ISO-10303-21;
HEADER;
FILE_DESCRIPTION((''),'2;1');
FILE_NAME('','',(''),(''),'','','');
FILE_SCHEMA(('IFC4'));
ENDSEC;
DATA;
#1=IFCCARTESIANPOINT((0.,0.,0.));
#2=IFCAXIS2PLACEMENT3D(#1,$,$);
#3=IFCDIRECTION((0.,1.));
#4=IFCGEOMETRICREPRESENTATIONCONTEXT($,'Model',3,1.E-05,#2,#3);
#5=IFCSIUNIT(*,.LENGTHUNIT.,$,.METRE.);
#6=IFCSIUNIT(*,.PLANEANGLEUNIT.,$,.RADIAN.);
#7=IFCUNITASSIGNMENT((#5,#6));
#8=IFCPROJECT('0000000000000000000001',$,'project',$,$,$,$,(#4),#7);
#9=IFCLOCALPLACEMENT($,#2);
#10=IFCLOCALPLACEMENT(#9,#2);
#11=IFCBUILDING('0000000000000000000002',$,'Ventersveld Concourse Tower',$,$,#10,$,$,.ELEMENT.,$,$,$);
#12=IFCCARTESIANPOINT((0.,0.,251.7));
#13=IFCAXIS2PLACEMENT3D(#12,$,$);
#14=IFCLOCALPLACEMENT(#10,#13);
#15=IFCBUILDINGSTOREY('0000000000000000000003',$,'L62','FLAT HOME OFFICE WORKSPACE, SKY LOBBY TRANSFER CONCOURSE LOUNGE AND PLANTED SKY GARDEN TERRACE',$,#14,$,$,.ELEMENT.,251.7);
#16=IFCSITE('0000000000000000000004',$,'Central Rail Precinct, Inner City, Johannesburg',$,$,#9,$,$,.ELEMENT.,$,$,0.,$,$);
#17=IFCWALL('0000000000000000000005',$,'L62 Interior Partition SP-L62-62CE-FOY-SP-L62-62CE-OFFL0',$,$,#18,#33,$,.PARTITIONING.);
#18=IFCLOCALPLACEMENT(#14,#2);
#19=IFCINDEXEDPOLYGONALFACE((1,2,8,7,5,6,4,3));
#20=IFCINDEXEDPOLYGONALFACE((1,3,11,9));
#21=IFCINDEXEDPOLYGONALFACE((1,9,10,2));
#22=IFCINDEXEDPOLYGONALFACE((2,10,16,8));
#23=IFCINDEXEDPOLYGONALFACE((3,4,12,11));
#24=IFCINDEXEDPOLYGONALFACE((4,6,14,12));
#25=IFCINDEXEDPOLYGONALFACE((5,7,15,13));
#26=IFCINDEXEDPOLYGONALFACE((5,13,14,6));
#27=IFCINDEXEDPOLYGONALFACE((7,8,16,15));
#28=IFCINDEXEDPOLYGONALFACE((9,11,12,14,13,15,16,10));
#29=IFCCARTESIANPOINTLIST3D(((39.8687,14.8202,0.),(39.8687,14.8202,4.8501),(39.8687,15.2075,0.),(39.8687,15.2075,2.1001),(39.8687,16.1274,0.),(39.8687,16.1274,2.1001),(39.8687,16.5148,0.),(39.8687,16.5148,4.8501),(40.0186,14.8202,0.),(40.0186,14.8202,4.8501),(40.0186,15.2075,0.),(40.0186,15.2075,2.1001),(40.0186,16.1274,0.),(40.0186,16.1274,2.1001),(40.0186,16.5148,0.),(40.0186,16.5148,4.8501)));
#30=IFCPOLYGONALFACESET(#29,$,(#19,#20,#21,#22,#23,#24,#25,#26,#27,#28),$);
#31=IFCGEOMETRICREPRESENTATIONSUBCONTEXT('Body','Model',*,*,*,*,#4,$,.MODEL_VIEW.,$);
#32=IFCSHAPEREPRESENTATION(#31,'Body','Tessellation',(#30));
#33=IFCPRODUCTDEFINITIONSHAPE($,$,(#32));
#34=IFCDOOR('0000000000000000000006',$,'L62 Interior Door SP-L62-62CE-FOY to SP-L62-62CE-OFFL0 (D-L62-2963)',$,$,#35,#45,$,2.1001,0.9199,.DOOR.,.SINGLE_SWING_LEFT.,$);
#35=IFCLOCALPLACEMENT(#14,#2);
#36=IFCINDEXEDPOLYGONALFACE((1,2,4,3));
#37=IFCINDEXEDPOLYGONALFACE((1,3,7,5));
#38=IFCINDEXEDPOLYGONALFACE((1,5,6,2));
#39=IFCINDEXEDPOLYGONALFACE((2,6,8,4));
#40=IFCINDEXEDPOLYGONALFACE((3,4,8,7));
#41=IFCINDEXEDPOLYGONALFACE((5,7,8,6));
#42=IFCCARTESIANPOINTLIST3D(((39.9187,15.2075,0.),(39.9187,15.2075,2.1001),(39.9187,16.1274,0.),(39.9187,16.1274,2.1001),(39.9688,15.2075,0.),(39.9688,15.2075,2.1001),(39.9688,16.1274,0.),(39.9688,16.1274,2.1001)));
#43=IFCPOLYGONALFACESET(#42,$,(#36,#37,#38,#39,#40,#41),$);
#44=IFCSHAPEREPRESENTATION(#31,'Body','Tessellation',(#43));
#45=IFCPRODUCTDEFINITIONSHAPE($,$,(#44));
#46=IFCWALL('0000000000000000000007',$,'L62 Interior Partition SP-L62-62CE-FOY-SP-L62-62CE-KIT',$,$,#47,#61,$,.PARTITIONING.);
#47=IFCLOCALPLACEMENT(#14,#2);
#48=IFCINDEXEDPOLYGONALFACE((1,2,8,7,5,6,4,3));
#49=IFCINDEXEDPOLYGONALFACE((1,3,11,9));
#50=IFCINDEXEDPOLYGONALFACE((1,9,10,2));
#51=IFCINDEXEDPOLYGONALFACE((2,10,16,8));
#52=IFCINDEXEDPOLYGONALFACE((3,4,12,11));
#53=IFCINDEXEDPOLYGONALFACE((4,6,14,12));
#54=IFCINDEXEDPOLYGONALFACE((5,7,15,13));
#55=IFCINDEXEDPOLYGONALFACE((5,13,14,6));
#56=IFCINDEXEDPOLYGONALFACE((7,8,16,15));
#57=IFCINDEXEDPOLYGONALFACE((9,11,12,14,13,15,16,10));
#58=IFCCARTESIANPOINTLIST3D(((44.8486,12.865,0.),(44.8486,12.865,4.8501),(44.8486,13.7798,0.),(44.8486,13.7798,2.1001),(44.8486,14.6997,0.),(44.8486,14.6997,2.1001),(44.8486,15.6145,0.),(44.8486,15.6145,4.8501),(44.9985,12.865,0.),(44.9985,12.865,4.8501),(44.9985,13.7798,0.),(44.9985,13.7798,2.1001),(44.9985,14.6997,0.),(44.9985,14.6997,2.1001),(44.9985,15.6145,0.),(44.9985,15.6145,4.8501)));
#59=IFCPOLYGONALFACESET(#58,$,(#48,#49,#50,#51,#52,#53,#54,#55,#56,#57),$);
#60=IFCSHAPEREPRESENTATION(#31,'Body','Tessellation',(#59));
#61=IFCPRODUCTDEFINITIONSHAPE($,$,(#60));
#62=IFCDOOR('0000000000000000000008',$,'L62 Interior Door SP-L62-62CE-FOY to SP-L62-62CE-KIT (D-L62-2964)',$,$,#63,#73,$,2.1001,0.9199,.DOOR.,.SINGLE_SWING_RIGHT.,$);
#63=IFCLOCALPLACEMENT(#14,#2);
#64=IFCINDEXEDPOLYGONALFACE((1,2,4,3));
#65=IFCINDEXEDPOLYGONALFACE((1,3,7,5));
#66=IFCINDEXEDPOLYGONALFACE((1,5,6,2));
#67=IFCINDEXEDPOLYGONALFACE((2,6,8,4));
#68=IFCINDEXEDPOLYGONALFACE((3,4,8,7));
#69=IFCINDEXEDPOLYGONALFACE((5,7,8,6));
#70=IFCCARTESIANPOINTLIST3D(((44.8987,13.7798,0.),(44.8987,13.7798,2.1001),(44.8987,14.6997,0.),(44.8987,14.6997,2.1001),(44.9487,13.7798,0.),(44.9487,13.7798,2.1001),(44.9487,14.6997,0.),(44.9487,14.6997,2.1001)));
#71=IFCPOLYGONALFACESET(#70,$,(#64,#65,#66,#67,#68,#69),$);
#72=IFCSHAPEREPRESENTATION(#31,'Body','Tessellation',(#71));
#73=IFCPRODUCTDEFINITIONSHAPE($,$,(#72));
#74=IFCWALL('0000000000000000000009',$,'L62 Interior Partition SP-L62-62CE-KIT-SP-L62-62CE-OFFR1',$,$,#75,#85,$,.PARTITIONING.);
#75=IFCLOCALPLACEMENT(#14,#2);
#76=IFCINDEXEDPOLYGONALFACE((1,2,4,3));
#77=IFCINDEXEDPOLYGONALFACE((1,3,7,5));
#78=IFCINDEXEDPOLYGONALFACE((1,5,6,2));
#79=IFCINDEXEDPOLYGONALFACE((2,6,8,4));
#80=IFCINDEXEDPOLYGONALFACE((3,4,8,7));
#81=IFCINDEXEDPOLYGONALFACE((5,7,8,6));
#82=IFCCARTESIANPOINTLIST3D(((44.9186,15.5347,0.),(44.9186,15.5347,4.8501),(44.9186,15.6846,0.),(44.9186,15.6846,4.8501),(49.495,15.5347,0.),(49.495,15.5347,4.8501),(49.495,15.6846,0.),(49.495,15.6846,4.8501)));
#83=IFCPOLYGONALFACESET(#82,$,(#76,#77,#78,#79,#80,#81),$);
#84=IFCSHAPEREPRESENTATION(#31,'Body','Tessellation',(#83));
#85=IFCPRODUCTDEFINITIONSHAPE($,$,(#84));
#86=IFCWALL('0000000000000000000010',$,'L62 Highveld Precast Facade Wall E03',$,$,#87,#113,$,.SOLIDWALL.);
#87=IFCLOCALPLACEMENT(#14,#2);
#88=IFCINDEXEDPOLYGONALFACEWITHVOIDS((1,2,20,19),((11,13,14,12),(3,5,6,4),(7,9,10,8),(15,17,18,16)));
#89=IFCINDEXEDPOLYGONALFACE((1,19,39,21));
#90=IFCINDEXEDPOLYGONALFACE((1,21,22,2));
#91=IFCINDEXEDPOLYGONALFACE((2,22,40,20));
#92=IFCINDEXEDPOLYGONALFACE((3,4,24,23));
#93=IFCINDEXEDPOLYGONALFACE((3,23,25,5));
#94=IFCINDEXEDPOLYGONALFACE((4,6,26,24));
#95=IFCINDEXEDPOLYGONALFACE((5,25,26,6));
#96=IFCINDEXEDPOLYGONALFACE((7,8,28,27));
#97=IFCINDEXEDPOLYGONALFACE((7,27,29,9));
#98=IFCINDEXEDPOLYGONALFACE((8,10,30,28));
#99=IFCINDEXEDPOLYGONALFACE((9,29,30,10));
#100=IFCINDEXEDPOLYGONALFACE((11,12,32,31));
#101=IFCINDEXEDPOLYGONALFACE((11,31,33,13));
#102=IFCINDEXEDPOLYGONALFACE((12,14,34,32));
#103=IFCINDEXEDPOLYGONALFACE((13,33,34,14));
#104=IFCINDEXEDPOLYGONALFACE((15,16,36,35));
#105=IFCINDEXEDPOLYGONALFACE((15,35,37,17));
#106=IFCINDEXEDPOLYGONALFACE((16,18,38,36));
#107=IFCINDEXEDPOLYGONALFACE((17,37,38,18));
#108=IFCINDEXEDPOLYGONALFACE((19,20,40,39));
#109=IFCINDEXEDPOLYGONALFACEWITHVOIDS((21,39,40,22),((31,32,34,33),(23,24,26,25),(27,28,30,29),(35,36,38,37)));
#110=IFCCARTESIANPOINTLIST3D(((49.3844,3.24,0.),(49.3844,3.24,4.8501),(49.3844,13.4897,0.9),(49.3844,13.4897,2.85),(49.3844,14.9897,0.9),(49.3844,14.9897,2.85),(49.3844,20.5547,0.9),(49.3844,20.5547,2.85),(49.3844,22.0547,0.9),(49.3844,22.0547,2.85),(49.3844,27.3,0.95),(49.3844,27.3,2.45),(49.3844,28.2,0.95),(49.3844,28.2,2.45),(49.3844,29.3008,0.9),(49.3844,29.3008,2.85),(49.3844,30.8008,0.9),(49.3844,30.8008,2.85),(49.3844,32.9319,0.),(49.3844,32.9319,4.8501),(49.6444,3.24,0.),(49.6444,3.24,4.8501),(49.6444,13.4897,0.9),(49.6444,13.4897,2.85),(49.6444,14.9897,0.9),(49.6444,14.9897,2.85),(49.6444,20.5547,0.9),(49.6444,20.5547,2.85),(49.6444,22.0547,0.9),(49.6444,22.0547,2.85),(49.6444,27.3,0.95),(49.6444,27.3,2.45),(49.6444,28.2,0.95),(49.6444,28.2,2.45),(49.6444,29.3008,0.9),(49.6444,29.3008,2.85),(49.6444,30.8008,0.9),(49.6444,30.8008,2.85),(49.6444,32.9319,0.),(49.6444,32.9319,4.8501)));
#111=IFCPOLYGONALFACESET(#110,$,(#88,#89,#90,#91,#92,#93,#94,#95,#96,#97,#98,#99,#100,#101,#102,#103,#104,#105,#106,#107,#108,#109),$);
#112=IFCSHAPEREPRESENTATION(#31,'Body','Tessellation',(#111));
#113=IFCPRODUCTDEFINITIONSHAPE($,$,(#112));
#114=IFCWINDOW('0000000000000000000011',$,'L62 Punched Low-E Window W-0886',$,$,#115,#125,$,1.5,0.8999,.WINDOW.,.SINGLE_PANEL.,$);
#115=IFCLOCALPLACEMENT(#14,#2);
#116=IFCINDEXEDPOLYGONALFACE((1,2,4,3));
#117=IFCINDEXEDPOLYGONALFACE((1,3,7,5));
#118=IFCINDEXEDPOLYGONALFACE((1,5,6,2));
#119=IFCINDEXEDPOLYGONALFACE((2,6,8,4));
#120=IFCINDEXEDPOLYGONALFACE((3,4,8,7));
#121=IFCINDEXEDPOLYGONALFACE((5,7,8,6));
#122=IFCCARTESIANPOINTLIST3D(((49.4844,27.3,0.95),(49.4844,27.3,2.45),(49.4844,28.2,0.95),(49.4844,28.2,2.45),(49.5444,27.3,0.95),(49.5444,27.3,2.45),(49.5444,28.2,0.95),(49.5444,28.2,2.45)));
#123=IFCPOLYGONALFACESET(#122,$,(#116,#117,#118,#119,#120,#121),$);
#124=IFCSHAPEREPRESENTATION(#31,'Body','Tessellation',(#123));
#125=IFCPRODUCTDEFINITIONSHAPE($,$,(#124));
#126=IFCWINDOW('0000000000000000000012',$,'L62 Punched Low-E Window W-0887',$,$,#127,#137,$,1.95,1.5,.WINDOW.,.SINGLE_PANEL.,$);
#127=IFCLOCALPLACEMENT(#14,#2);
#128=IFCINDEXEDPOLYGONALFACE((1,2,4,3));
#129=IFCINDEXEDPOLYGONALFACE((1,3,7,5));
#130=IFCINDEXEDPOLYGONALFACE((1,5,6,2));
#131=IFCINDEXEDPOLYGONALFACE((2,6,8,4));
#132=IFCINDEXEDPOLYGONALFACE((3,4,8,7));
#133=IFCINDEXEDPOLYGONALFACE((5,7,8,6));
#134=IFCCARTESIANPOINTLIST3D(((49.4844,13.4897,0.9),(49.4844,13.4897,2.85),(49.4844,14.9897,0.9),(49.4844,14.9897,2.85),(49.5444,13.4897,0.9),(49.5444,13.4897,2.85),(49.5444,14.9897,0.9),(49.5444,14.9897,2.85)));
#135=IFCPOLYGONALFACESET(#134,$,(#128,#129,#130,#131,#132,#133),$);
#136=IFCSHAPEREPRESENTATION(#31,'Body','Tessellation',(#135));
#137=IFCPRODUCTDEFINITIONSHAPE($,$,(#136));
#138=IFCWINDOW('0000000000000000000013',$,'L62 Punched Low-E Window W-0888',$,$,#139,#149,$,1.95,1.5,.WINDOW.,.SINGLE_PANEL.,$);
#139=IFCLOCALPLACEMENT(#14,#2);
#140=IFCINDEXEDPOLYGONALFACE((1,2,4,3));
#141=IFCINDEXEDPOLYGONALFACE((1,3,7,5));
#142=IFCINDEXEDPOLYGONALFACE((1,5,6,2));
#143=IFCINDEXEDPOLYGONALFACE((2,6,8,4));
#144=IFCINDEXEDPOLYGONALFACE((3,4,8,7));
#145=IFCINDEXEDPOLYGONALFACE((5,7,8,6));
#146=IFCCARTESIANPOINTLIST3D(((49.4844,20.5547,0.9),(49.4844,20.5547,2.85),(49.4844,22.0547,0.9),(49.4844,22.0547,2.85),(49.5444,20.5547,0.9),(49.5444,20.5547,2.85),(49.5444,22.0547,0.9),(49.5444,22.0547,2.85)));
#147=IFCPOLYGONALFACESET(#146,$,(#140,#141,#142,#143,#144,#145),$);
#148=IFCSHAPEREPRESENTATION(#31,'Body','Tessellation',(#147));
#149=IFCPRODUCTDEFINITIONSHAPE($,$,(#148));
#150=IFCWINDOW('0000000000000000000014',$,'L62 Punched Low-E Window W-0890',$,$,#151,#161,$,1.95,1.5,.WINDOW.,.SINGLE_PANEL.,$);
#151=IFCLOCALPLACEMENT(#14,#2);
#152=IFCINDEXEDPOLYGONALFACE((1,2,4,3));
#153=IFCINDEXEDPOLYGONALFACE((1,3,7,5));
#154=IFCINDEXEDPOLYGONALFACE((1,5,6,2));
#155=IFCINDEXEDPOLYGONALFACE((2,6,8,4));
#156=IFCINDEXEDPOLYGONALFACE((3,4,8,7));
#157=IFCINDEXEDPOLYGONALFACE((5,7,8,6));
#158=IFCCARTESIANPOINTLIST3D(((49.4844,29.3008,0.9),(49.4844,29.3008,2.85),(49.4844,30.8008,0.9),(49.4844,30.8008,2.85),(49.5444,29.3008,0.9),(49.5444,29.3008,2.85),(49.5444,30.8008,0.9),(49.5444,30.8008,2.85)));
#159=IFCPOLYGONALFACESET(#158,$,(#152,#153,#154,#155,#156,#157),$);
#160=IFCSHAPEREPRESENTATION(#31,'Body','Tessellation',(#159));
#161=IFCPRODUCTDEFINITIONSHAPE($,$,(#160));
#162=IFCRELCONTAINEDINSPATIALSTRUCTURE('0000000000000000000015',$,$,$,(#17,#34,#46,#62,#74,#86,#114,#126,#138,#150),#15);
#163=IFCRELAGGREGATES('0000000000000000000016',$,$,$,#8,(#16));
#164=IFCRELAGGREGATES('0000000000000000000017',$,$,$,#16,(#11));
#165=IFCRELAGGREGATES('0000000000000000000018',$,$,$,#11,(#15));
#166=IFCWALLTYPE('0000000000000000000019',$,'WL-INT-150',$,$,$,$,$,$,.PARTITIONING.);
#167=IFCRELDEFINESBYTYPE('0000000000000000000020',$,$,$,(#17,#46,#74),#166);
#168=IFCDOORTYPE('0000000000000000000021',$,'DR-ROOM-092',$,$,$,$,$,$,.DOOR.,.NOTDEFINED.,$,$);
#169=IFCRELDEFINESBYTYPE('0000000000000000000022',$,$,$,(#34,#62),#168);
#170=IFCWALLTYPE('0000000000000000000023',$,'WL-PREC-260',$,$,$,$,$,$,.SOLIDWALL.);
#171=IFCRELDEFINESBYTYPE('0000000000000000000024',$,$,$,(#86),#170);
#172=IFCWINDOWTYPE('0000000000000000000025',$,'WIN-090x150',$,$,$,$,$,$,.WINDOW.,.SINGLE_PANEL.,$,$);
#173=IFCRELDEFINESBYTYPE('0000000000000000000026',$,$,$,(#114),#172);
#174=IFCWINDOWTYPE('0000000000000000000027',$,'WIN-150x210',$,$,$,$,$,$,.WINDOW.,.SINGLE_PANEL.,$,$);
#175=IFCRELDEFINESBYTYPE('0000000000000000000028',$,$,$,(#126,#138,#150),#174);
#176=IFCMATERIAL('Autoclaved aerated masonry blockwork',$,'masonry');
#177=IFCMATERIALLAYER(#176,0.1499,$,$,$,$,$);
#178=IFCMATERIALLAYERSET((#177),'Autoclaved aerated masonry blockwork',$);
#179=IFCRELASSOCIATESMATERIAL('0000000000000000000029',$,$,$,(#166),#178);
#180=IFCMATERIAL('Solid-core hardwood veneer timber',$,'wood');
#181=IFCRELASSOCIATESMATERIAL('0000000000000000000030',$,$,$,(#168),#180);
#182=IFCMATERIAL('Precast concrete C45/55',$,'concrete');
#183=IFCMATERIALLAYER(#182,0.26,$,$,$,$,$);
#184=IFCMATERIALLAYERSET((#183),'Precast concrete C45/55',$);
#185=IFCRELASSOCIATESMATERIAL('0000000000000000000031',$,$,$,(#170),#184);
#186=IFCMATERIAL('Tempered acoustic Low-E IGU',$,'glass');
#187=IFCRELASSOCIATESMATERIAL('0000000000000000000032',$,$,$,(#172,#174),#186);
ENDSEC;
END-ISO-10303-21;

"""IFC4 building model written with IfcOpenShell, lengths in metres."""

from ifc_helpers import new_model, si_unit, direction, frame, frame_2d, origin, place, context, subcontext, project, spatial, rectangle, extrude, material, layer, layer_set, type_object, element, fill, save


model = new_model("IFC4")

# Units and contexts
model_context = context("Model", 3, precision=1e-05, world=origin(), true_north=direction((0.0, 1.0)))
body_context = subcontext(model_context, "Body", "Model", "MODEL_VIEW")
ifc_project = project(units=[si_unit("LENGTHUNIT", "METRE"), si_unit("PLANEANGLEUNIT", "RADIAN")], contexts=[model_context])

# Site, building, storey
site_placement = place(None, origin())
site = spatial("IfcSite", under=ifc_project, at=site_placement, Name="Central Rail Precinct, Inner City, Johannesburg", CompositionType="ELEMENT", RefElevation=0.0)
building_placement = place(site_placement, origin())
building = spatial("IfcBuilding", under=site, at=building_placement, Name="Ventersveld Concourse Tower", CompositionType="ELEMENT")
storey_placement = place(building_placement, frame((0.0, 0.0, 251.7)))
storey = spatial("IfcBuildingStorey", under=building, at=storey_placement, Name="L62", Description="FLAT HOME OFFICE WORKSPACE, SKY LOBBY TRANSFER CONCOURSE LOUNGE AND PLANTED SKY GARDEN TERRACE", CompositionType="ELEMENT", Elevation=251.7)

# Shared definitions
ifc_material_1 = material(Name="Solid-core hardwood veneer timber", Category="wood")

# Walls, openings, doors
ifc_material_2 = material(Name="Autoclaved aerated masonry blockwork", Category="masonry")
ifc_layer_1 = layer(ifc_material_2, 0.1499)
ifc_layer_set_1 = layer_set([ifc_layer_1], Name="Autoclaved aerated masonry blockwork")
wall_type_1 = type_object("IfcWallType", Name="WL-INT-150", PredefinedType="PARTITIONING", material=ifc_layer_set_1)
wall_1_placement = place(storey_placement, frame((39.9436, 14.8203, 0.0), z_axis=(0.0, 0.0, 1.0), x_axis=(0.0, 1.0, 0.0)))
wall_1 = element("IfcWall", 1, at=wall_1_placement, inside=storey, type_object=wall_type_1, Name="L62 Interior Partition SP-L62-62CE-FOY-SP-L62-62CE-OFFL0", PredefinedType="PARTITIONING", context=body_context, shape_type="SweptSolid", body=[
    extrude(rectangle(XDim=1.6946, YDim=0.1499, at=frame_2d((0.8472, 0.0))), origin(), (0.0, 0.0, 1.0), 4.8501),
])
opening_1_placement = place(wall_1_placement, frame((0.3872, 0.0, 0.0)))
opening_1 = element("IfcOpeningElement", 2, at=opening_1_placement, cuts=wall_1, PredefinedType="OPENING", context=body_context, shape_type="SweptSolid", body=[
    extrude(rectangle(XDim=0.9199, YDim=2.1001, at=frame_2d((0.46, 1.05))), frame((0.0, 0.085, 0.0), z_axis=(0.0, -1.0, 0.0), x_axis=(1.0, 0.0, 0.0)), (0.0, 0.0, 1.0), 0.1699),
])
door_type_1 = type_object("IfcDoorType", Name="DR-ROOM-092", OperationType="NOTDEFINED", PredefinedType="DOOR", material=ifc_material_1)
door_1_placement = place(opening_1_placement, origin())
door_1 = element("IfcDoor", 3, at=door_1_placement, inside=storey, type_object=door_type_1, Name="L62 Interior Door SP-L62-62CE-FOY to SP-L62-62CE-OFFL0 (D-L62-2963)", OperationType="SINGLE_SWING_LEFT", OverallHeight=2.1001, OverallWidth=0.9199, PredefinedType="DOOR", context=body_context, shape_type="SweptSolid", body=[
    extrude(rectangle(XDim=0.9199, YDim=2.1001, at=frame_2d((0.46, 1.05))), frame((0.0, 0.0249, 0.0), z_axis=(0.0, -1.0, 0.0), x_axis=(1.0, 0.0, 0.0)), (0.0, 0.0, 1.0), 0.05),
])
fill(opening_1, door_1)
wall_2_placement = place(storey_placement, frame((44.9236, 12.865, 0.0), z_axis=(0.0, 0.0, 1.0), x_axis=(0.0, 1.0, 0.0)))
wall_2 = element("IfcWall", 4, at=wall_2_placement, inside=storey, type_object=wall_type_1, Name="L62 Interior Partition SP-L62-62CE-FOY-SP-L62-62CE-KIT", PredefinedType="PARTITIONING", context=body_context, shape_type="SweptSolid", body=[
    extrude(rectangle(XDim=2.7495, YDim=0.1499, at=frame_2d((1.3748, 0.0))), origin(), (0.0, 0.0, 1.0), 4.8501),
])
opening_2_placement = place(wall_2_placement, frame((0.9148, 0.0, 0.0)))
opening_2 = element("IfcOpeningElement", 5, at=opening_2_placement, cuts=wall_2, PredefinedType="OPENING", context=body_context, shape_type="SweptSolid", body=[
    extrude(rectangle(XDim=0.9199, YDim=2.1001, at=frame_2d((0.46, 1.05))), frame((0.0, 0.085, 0.0), z_axis=(0.0, -1.0, 0.0), x_axis=(1.0, 0.0, 0.0)), (0.0, 0.0, 1.0), 0.1699),
])
door_2_placement = place(opening_2_placement, origin())
door_2 = element("IfcDoor", 6, at=door_2_placement, inside=storey, type_object=door_type_1, Name="L62 Interior Door SP-L62-62CE-FOY to SP-L62-62CE-KIT (D-L62-2964)", OperationType="SINGLE_SWING_RIGHT", OverallHeight=2.1001, OverallWidth=0.9199, PredefinedType="DOOR", context=body_context, shape_type="SweptSolid", body=[
    extrude(rectangle(XDim=0.9199, YDim=2.1001, at=frame_2d((0.46, 1.05))), frame((0.0, 0.0249, 0.0), z_axis=(0.0, -1.0, 0.0), x_axis=(1.0, 0.0, 0.0)), (0.0, 0.0, 1.0), 0.05),
])
fill(opening_2, door_2)

# Wall
wall_3_placement = place(storey_placement, frame((44.9187, 15.6096, 0.0), z_axis=(0.0, 0.0, 1.0), x_axis=(1.0, 0.0, 0.0)))
element("IfcWall", 7, at=wall_3_placement, inside=storey, type_object=wall_type_1, Name="L62 Interior Partition SP-L62-62CE-KIT-SP-L62-62CE-OFFR1", PredefinedType="PARTITIONING", context=body_context, shape_type="SweptSolid", body=[
    extrude(rectangle(XDim=4.5764, YDim=0.1499, at=frame_2d((2.2881, 0.0))), origin(), (0.0, 0.0, 1.0), 4.8501),
])

# Wall, openings, windows
ifc_material_3 = material(Name="Precast concrete C45/55", Category="concrete")
ifc_layer_2 = layer(ifc_material_3, 0.26)
ifc_layer_set_2 = layer_set([ifc_layer_2], Name="Precast concrete C45/55")
wall_type_2 = type_object("IfcWallType", Name="WL-PREC-260", PredefinedType="SOLIDWALL", material=ifc_layer_set_2)
wall_4_placement = place(storey_placement, frame((49.5144, 3.24, 0.0), z_axis=(0.0, 0.0, 1.0), x_axis=(0.0, 1.0, 0.0)))
wall_4 = element("IfcWall", 8, at=wall_4_placement, inside=storey, type_object=wall_type_2, Name="L62 Highveld Precast Facade Wall E03", PredefinedType="SOLIDWALL", context=body_context, shape_type="SweptSolid", body=[
    extrude(rectangle(XDim=29.6919, YDim=0.26, at=frame_2d((14.8459, 0.0))), origin(), (0.0, 0.0, 1.0), 4.8501),
])
opening_3_placement = place(wall_4_placement, frame((24.0601, 0.0, 0.95)))
opening_3 = element("IfcOpeningElement", 9, at=opening_3_placement, cuts=wall_4, PredefinedType="OPENING", context=body_context, shape_type="SweptSolid", body=[
    extrude(rectangle(XDim=0.8999, YDim=1.5, at=frame_2d((0.45, 0.75))), frame((0.0, 0.1401, 0.0), z_axis=(0.0, -1.0, 0.0), x_axis=(1.0, 0.0, 0.0)), (0.0, 0.0, 1.0), 0.28),
])
opening_4_placement = place(wall_4_placement, frame((10.2498, 0.0, 0.8999)))
opening_4 = element("IfcOpeningElement", 10, at=opening_4_placement, cuts=wall_4, PredefinedType="OPENING", context=body_context, shape_type="SweptSolid", body=[
    extrude(rectangle(XDim=1.5, YDim=1.95, at=frame_2d((0.75, 0.9751))), frame((0.0, 0.1401, 0.0), z_axis=(0.0, -1.0, 0.0), x_axis=(1.0, 0.0, 0.0)), (0.0, 0.0, 1.0), 0.28),
])
opening_5_placement = place(wall_4_placement, frame((17.3147, 0.0, 0.8999)))
opening_5 = element("IfcOpeningElement", 11, at=opening_5_placement, cuts=wall_4, PredefinedType="OPENING", context=body_context, shape_type="SweptSolid", body=[
    extrude(rectangle(XDim=1.5, YDim=1.95, at=frame_2d((0.75, 0.9751))), frame((0.0, 0.1401, 0.0), z_axis=(0.0, -1.0, 0.0), x_axis=(1.0, 0.0, 0.0)), (0.0, 0.0, 1.0), 0.28),
])
opening_6_placement = place(wall_4_placement, frame((26.0608, 0.0, 0.8999)))
opening_6 = element("IfcOpeningElement", 12, at=opening_6_placement, cuts=wall_4, PredefinedType="OPENING", context=body_context, shape_type="SweptSolid", body=[
    extrude(rectangle(XDim=1.5, YDim=1.95, at=frame_2d((0.75, 0.9751))), frame((0.0, 0.1401, 0.0), z_axis=(0.0, -1.0, 0.0), x_axis=(1.0, 0.0, 0.0)), (0.0, 0.0, 1.0), 0.28),
])
ifc_material_4 = material(Name="Tempered acoustic Low-E IGU", Category="glass")
window_type_1 = type_object("IfcWindowType", Name="WIN-090x150", PartitioningType="SINGLE_PANEL", PredefinedType="WINDOW", material=ifc_material_4)
window_1_placement = place(opening_3_placement, origin())
window_1 = element("IfcWindow", 13, at=window_1_placement, inside=storey, type_object=window_type_1, Name="L62 Punched Low-E Window W-0886", OverallHeight=1.5, OverallWidth=0.8999, PartitioningType="SINGLE_PANEL", PredefinedType="WINDOW", context=body_context, shape_type="SweptSolid", body=[
    extrude(rectangle(XDim=0.8999, YDim=1.5, at=frame_2d((0.45, 0.75))), frame((0.0, 0.03, 0.0), z_axis=(0.0, -1.0, 0.0), x_axis=(1.0, 0.0, 0.0)), (0.0, 0.0, 1.0), 0.0601),
])
fill(opening_3, window_1)
window_type_2 = type_object("IfcWindowType", Name="WIN-150x210", PartitioningType="SINGLE_PANEL", PredefinedType="WINDOW", material=ifc_material_4)
window_2_placement = place(opening_4_placement, origin())
window_2 = element("IfcWindow", 14, at=window_2_placement, inside=storey, type_object=window_type_2, Name="L62 Punched Low-E Window W-0887", OverallHeight=1.95, OverallWidth=1.5, PartitioningType="SINGLE_PANEL", PredefinedType="WINDOW", context=body_context, shape_type="SweptSolid", body=[
    extrude(rectangle(XDim=1.5, YDim=1.95, at=frame_2d((0.75, 0.9751))), frame((0.0, 0.03, 0.0), z_axis=(0.0, -1.0, 0.0), x_axis=(1.0, 0.0, 0.0)), (0.0, 0.0, 1.0), 0.0601),
])
fill(opening_4, window_2)
window_3_placement = place(opening_5_placement, origin())
window_3 = element("IfcWindow", 15, at=window_3_placement, inside=storey, type_object=window_type_2, Name="L62 Punched Low-E Window W-0888", OverallHeight=1.95, OverallWidth=1.5, PartitioningType="SINGLE_PANEL", PredefinedType="WINDOW", context=body_context, shape_type="SweptSolid", body=[
    extrude(rectangle(XDim=1.5, YDim=1.95, at=frame_2d((0.75, 0.9751))), frame((0.0, 0.03, 0.0), z_axis=(0.0, -1.0, 0.0), x_axis=(1.0, 0.0, 0.0)), (0.0, 0.0, 1.0), 0.0601),
])
fill(opening_5, window_3)
window_4_placement = place(opening_6_placement, origin())
window_4 = element("IfcWindow", 16, at=window_4_placement, inside=storey, type_object=window_type_2, Name="L62 Punched Low-E Window W-0890", OverallHeight=1.95, OverallWidth=1.5, PartitioningType="SINGLE_PANEL", PredefinedType="WINDOW", context=body_context, shape_type="SweptSolid", body=[
    extrude(rectangle(XDim=1.5, YDim=1.95, at=frame_2d((0.75, 0.9751))), frame((0.0, 0.03, 0.0), z_axis=(0.0, -1.0, 0.0), x_axis=(1.0, 0.0, 0.0)), (0.0, 0.0, 1.0), 0.0601),
])
fill(opening_6, window_4)

save(model, "model.ifc")
